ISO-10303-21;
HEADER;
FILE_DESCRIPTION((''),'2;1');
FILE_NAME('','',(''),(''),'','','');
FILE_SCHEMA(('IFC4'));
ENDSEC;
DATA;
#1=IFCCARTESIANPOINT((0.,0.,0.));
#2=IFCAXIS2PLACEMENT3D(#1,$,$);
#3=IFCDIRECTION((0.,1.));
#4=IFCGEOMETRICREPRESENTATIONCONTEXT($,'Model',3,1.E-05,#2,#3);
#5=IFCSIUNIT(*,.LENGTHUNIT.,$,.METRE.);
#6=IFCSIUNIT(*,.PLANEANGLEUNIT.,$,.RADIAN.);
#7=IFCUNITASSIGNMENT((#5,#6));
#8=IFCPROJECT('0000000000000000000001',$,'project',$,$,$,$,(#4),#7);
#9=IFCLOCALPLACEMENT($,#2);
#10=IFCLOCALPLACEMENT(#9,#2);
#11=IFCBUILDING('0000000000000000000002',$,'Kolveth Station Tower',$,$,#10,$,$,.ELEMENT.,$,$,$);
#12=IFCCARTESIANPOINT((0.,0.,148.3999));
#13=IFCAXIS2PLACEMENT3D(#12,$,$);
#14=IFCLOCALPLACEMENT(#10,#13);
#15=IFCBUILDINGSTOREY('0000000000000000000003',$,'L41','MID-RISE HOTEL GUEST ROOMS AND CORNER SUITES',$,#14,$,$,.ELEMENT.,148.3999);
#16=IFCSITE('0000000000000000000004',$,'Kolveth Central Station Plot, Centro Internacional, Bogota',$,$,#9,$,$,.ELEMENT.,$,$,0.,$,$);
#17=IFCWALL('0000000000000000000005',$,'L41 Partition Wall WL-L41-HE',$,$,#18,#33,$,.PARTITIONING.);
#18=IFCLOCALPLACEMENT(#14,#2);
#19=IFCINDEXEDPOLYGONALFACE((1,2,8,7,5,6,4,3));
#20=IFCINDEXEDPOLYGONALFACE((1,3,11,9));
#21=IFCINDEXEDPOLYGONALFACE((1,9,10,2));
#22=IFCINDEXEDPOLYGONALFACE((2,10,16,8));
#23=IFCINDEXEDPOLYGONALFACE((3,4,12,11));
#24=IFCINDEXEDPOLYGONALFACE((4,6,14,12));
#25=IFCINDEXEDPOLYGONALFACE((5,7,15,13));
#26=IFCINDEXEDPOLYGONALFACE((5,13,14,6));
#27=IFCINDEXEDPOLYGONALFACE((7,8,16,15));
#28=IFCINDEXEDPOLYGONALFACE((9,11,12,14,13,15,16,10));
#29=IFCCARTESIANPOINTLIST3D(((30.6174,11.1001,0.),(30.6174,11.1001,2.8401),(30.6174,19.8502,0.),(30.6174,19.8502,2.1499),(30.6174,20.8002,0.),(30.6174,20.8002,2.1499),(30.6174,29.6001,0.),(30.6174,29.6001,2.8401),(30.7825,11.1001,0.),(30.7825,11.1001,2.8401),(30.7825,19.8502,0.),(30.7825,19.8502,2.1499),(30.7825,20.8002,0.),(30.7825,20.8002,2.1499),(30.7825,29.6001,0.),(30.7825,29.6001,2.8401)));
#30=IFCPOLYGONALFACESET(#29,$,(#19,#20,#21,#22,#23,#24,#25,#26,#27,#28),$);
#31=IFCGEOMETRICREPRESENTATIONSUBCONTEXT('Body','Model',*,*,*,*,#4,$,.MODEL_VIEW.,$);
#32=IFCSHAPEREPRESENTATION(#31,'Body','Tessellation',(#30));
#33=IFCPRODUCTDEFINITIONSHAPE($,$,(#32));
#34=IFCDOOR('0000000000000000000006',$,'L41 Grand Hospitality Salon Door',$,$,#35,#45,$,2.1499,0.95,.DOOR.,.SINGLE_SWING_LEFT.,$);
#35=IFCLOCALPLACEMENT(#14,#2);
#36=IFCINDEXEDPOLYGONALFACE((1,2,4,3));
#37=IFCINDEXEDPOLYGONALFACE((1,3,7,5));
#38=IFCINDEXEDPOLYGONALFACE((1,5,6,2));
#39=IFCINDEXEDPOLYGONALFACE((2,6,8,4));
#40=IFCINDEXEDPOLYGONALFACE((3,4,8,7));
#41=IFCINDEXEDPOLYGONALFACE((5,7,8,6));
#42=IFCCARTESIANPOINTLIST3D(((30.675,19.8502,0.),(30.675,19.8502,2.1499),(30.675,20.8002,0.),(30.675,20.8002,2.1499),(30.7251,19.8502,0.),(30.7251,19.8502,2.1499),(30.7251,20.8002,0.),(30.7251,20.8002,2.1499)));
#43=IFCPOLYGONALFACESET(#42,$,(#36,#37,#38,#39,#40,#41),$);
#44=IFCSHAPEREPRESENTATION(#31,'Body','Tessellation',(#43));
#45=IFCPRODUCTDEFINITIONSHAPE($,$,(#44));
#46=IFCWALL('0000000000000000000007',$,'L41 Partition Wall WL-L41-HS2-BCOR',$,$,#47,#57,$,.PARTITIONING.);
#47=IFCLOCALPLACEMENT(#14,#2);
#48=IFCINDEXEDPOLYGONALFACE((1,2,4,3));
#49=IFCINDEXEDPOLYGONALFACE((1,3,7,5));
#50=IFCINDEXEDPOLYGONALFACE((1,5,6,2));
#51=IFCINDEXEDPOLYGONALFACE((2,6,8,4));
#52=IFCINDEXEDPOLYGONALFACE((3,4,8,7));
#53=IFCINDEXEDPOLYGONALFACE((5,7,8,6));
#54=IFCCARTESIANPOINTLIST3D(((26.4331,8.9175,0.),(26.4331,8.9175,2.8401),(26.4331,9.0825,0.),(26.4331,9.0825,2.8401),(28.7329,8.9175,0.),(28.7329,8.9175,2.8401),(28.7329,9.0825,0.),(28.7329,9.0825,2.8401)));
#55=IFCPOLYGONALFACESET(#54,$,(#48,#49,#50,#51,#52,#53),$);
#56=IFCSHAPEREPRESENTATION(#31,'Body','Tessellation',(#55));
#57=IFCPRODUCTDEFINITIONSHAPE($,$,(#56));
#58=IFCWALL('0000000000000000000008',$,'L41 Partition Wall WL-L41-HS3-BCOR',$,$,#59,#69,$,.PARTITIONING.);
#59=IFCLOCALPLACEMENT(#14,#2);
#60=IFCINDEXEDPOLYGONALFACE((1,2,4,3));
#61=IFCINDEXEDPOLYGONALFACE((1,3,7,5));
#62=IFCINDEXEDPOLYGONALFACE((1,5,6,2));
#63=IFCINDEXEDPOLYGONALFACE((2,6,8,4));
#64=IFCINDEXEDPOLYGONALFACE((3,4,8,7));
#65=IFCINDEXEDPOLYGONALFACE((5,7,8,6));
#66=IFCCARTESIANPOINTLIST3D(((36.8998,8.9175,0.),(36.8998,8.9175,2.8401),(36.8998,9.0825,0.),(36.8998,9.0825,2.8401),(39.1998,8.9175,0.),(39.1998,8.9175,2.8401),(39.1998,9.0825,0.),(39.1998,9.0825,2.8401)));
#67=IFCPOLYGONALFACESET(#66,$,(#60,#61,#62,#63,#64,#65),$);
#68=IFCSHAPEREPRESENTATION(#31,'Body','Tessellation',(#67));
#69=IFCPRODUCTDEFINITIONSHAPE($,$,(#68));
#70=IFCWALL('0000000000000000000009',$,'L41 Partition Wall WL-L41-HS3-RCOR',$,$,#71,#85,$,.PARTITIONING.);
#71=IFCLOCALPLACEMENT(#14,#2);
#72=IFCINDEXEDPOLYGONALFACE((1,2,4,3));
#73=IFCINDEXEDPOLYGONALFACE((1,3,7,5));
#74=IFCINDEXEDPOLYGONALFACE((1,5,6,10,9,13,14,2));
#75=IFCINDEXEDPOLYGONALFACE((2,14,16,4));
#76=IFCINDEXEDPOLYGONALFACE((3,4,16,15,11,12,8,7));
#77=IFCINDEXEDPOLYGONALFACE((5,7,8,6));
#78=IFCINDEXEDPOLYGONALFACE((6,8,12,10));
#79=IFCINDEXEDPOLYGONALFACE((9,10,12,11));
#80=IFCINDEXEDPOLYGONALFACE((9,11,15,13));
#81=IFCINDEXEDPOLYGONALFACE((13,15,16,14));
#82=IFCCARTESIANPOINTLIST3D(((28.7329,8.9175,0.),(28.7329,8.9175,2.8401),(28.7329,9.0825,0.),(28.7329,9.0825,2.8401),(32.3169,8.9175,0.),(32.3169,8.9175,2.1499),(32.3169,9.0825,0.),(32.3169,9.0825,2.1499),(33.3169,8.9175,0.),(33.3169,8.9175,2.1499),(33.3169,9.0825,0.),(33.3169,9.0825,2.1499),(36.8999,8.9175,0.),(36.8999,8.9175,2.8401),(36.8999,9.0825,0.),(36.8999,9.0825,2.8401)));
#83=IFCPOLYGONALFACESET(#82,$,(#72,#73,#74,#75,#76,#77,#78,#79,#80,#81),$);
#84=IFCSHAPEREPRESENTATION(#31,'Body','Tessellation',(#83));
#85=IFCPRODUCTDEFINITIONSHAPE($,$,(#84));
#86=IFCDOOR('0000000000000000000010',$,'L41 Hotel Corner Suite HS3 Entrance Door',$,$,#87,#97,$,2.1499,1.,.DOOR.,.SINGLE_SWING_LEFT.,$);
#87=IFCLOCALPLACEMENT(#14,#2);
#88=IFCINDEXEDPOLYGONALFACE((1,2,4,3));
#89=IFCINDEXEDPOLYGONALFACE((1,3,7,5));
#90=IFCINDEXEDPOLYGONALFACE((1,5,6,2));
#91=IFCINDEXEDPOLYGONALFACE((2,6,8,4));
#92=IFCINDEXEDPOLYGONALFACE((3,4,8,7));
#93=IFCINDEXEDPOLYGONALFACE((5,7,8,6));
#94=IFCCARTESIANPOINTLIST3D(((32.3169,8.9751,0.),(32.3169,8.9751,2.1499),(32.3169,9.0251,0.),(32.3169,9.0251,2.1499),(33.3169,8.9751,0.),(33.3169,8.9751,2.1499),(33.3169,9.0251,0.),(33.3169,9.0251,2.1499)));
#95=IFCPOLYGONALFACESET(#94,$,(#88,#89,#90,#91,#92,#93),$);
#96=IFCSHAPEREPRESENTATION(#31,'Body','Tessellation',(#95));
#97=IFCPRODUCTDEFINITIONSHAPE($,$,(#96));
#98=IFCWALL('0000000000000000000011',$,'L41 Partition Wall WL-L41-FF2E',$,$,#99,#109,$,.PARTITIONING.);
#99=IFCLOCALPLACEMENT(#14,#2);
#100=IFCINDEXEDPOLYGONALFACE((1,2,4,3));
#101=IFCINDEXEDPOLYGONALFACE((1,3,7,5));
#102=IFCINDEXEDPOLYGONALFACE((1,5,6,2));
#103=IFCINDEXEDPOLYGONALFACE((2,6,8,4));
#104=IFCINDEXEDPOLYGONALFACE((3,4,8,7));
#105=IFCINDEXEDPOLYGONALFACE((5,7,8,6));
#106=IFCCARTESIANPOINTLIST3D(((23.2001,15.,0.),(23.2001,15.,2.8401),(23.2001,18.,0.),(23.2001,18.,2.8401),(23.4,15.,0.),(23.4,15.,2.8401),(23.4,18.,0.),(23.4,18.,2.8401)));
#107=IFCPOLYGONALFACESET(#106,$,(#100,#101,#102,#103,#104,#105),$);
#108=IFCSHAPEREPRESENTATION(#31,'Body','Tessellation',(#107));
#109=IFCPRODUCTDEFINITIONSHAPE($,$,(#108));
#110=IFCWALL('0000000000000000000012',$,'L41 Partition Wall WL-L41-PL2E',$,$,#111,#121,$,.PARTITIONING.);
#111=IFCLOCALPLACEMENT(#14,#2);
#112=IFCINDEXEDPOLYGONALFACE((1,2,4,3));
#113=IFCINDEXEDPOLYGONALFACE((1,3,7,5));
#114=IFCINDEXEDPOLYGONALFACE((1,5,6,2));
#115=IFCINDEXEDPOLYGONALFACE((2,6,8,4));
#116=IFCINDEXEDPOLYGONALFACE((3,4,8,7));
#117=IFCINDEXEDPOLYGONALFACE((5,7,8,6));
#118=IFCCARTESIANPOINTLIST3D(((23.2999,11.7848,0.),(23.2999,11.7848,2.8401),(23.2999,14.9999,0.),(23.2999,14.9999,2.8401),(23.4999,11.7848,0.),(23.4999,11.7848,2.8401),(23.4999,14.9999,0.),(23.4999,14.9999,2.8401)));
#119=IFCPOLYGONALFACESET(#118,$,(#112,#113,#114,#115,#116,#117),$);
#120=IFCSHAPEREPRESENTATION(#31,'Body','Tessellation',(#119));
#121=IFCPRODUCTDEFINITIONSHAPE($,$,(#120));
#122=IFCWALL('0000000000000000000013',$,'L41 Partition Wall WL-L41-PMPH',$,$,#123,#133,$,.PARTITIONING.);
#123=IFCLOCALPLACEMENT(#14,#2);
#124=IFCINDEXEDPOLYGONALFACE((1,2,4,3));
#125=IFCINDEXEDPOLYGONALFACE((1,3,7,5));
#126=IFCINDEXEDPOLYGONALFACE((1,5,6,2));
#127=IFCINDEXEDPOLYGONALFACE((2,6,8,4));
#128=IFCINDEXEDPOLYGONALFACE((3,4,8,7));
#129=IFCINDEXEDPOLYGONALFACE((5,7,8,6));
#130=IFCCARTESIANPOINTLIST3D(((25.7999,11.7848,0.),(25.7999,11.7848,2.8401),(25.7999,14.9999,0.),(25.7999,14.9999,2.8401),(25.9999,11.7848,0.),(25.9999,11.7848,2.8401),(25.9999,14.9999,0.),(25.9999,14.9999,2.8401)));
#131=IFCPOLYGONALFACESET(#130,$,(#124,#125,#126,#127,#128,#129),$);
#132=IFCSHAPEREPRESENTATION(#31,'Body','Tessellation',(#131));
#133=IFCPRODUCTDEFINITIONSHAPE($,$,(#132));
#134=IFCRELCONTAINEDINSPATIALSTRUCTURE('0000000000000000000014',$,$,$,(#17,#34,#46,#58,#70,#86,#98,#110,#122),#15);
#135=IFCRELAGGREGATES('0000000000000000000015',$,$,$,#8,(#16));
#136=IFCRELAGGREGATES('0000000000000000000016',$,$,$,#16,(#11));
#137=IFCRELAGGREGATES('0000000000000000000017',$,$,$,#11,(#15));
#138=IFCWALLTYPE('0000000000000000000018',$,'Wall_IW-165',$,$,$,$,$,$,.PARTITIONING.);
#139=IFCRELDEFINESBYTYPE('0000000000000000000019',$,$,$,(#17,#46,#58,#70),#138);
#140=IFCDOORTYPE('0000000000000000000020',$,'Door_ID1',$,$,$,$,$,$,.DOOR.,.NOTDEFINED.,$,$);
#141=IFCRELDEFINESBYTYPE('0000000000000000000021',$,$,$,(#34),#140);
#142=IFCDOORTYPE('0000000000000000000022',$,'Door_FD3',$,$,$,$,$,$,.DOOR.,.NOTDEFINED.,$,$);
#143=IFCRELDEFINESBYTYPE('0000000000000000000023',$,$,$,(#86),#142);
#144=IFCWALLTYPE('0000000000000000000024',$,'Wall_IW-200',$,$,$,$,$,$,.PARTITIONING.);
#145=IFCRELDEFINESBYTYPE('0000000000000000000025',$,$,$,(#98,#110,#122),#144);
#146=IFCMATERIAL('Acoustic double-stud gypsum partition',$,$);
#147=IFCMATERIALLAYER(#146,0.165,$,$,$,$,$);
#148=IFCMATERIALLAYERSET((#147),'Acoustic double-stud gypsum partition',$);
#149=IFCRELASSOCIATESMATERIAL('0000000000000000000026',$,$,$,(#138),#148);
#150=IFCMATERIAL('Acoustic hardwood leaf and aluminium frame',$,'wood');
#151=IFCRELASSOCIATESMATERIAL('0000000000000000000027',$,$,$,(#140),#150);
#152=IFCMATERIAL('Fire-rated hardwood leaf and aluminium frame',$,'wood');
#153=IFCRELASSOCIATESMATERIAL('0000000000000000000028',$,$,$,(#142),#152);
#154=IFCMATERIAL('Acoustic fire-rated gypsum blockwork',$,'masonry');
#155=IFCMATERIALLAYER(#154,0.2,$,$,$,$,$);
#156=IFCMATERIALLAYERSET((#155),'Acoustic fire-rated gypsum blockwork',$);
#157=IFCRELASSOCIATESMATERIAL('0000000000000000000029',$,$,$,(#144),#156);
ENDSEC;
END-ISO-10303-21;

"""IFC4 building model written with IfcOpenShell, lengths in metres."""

from ifc_helpers import new_model, si_unit, direction, frame, frame_2d, origin, place, context, subcontext, project, spatial, rectangle, extrude, material, layer, layer_set, type_object, element, fill, save


model = new_model("IFC4")

# Units and contexts
model_context = context("Model", 3, precision=1e-05, world=origin(), true_north=direction((0.0, 1.0)))
body_context = subcontext(model_context, "Body", "Model", "MODEL_VIEW")
ifc_project = project(units=[si_unit("LENGTHUNIT", "METRE"), si_unit("PLANEANGLEUNIT", "RADIAN")], contexts=[model_context])

# Site, building, storey
site_placement = place(None, origin())
site = spatial("IfcSite", under=ifc_project, at=site_placement, Name="Kolveth Central Station Plot, Centro Internacional, Bogota", CompositionType="ELEMENT", RefElevation=0.0)
building_placement = place(site_placement, origin())
building = spatial("IfcBuilding", under=site, at=building_placement, Name="Kolveth Station Tower", CompositionType="ELEMENT")
storey_placement = place(building_placement, frame((0.0, 0.0, 148.3999)))
storey = spatial("IfcBuildingStorey", under=building, at=storey_placement, Name="L41", Description="MID-RISE HOTEL GUEST ROOMS AND CORNER SUITES", CompositionType="ELEMENT", Elevation=148.3999)

# Shared definitions
ifc_material_1 = material(Name="Acoustic double-stud gypsum partition")
ifc_layer_1 = layer(ifc_material_1, 0.165)
ifc_layer_set_1 = layer_set([ifc_layer_1], Name="Acoustic double-stud gypsum partition")
wall_type_1 = type_object("IfcWallType", Name="Wall_IW-165", PredefinedType="PARTITIONING", material=ifc_layer_set_1)

# Wall, opening, door
wall_1_placement = place(storey_placement, frame((30.7, 11.1001, 0.0), z_axis=(0.0, 0.0, 1.0), x_axis=(0.0, 1.0, 0.0)))
wall_1 = element("IfcWall", 1, at=wall_1_placement, inside=storey, type_object=wall_type_1, Name="L41 Partition Wall WL-L41-HE", PredefinedType="PARTITIONING", context=body_context, shape_type="SweptSolid", body=[
    extrude(rectangle(XDim=18.5, YDim=0.165, at=frame_2d((9.25, 0.0))), origin(), (0.0, 0.0, 1.0), 2.8401),
])
opening_1_placement = place(wall_1_placement, frame((8.75, 0.0, 0.0)))
opening_1 = element("IfcOpeningElement", 2, at=opening_1_placement, cuts=wall_1, PredefinedType="OPENING", context=body_context, shape_type="SweptSolid", body=[
    extrude(rectangle(XDim=0.95, YDim=2.1499, at=frame_2d((0.4751, 1.075))), frame((0.0, 0.0925, 0.0), z_axis=(0.0, -1.0, 0.0), x_axis=(1.0, 0.0, 0.0)), (0.0, 0.0, 1.0), 0.1851),
])
ifc_material_2 = material(Name="Acoustic hardwood leaf and aluminium frame", Category="wood")
door_type_1 = type_object("IfcDoorType", Name="Door_ID1", OperationType="NOTDEFINED", PredefinedType="DOOR", material=ifc_material_2)
door_1_placement = place(opening_1_placement, origin())
door_1 = element("IfcDoor", 3, at=door_1_placement, inside=storey, type_object=door_type_1, Name="L41 Grand Hospitality Salon Door", OperationType="SINGLE_SWING_LEFT", OverallHeight=2.1499, OverallWidth=0.95, PredefinedType="DOOR", context=body_context, shape_type="SweptSolid", body=[
    extrude(rectangle(XDim=0.95, YDim=2.1499, at=frame_2d((0.4751, 1.075))), frame((0.0, 0.0249, 0.0), z_axis=(0.0, -1.0, 0.0), x_axis=(1.0, 0.0, 0.0)), (0.0, 0.0, 1.0), 0.05),
])
fill(opening_1, door_1)

# Walls
wall_2_placement = place(storey_placement, frame((26.4331, 9.0, 0.0), z_axis=(0.0, 0.0, 1.0), x_axis=(1.0, 0.0, 0.0)))
element("IfcWall", 4, at=wall_2_placement, inside=storey, type_object=wall_type_1, Name="L41 Partition Wall WL-L41-HS2-BCOR", PredefinedType="PARTITIONING", context=body_context, shape_type="SweptSolid", body=[
    extrude(rectangle(XDim=2.2998, YDim=0.165, at=frame_2d((1.1499, 0.0))), origin(), (0.0, 0.0, 1.0), 2.8401),
])
wall_3_placement = place(storey_placement, frame((36.8999, 9.0, 0.0), z_axis=(0.0, 0.0, 1.0), x_axis=(1.0, 0.0, 0.0)))
element("IfcWall", 5, at=wall_3_placement, inside=storey, type_object=wall_type_1, Name="L41 Partition Wall WL-L41-HS3-BCOR", PredefinedType="PARTITIONING", context=body_context, shape_type="SweptSolid", body=[
    extrude(rectangle(XDim=2.3, YDim=0.165, at=frame_2d((1.1499, 0.0))), origin(), (0.0, 0.0, 1.0), 2.8401),
])

# Wall, opening, door
wall_4_placement = place(storey_placement, frame((28.7329, 9.0, 0.0), z_axis=(0.0, 0.0, 1.0), x_axis=(1.0, 0.0, 0.0)))
wall_4 = element("IfcWall", 6, at=wall_4_placement, inside=storey, type_object=wall_type_1, Name="L41 Partition Wall WL-L41-HS3-RCOR", PredefinedType="PARTITIONING", context=body_context, shape_type="SweptSolid", body=[
    extrude(rectangle(XDim=8.167, YDim=0.165, at=frame_2d((4.0835, 0.0))), origin(), (0.0, 0.0, 1.0), 2.8401),
])
opening_2_placement = place(wall_4_placement, frame((3.584, 0.0, 0.0)))
opening_2 = element("IfcOpeningElement", 7, at=opening_2_placement, cuts=wall_4, PredefinedType="OPENING", context=body_context, shape_type="SweptSolid", body=[
    extrude(rectangle(XDim=1.0, YDim=2.1499, at=frame_2d((0.5, 1.075))), frame((0.0, 0.0925, 0.0), z_axis=(0.0, -1.0, 0.0), x_axis=(1.0, 0.0, 0.0)), (0.0, 0.0, 1.0), 0.1851),
])
ifc_material_3 = material(Name="Fire-rated hardwood leaf and aluminium frame", Category="wood")
door_type_2 = type_object("IfcDoorType", Name="Door_FD3", OperationType="NOTDEFINED", PredefinedType="DOOR", material=ifc_material_3)
door_2_placement = place(opening_2_placement, frame((1.0, 0.0, 0.0), z_axis=(0.0, 0.0, 1.0), x_axis=(-1.0, 0.0, 0.0)))
door_2 = element("IfcDoor", 8, at=door_2_placement, inside=storey, type_object=door_type_2, Name="L41 Hotel Corner Suite HS3 Entrance Door", OperationType="SINGLE_SWING_LEFT", OverallHeight=2.1499, OverallWidth=1.0, PredefinedType="DOOR", context=body_context, shape_type="SweptSolid", body=[
    extrude(rectangle(XDim=1.0, YDim=2.1499, at=frame_2d((0.5, 1.075))), frame((0.0, 0.0249, 0.0), z_axis=(0.0, -1.0, 0.0), x_axis=(1.0, 0.0, 0.0)), (0.0, 0.0, 1.0), 0.05),
])
fill(opening_2, door_2)

# Walls
ifc_material_4 = material(Name="Acoustic fire-rated gypsum blockwork", Category="masonry")
ifc_layer_2 = layer(ifc_material_4, 0.2)
ifc_layer_set_2 = layer_set([ifc_layer_2], Name="Acoustic fire-rated gypsum blockwork")
wall_type_2 = type_object("IfcWallType", Name="Wall_IW-200", PredefinedType="PARTITIONING", material=ifc_layer_set_2)
wall_5_placement = place(storey_placement, frame((23.3, 15.0, 0.0), z_axis=(0.0, 0.0, 1.0), x_axis=(0.0, 1.0, 0.0)))
element("IfcWall", 9, at=wall_5_placement, inside=storey, type_object=wall_type_2, Name="L41 Partition Wall WL-L41-FF2E", PredefinedType="PARTITIONING", context=body_context, shape_type="SweptSolid", body=[
    extrude(rectangle(XDim=3.0, YDim=0.2, at=frame_2d((1.5, 0.0))), origin(), (0.0, 0.0, 1.0), 2.8401),
])
for number, where, z_axis, x_axis, name in (
    (10, (23.3999, 11.7849, 0.0), (0.0, 0.0, 1.0), (0.0, 1.0, 0.0), "L41 Partition Wall WL-L41-PL2E"),
    (11, (25.8999, 11.7849, 0.0), (0.0, 0.0, 1.0), (0.0, 1.0, 0.0), "L41 Partition Wall WL-L41-PMPH"),
):
    element("IfcWall", number, at=place(storey_placement, frame(where, z_axis=z_axis, x_axis=x_axis)), inside=storey, type_object=wall_type_2, Name=name, PredefinedType="PARTITIONING", context=body_context, shape_type="SweptSolid", body=[
        extrude(rectangle(XDim=3.2151, YDim=0.2, at=frame_2d((1.6074, 0.0))), origin(), (0.0, 0.0, 1.0), 2.8401),
    ])

save(model, "model.ifc")
